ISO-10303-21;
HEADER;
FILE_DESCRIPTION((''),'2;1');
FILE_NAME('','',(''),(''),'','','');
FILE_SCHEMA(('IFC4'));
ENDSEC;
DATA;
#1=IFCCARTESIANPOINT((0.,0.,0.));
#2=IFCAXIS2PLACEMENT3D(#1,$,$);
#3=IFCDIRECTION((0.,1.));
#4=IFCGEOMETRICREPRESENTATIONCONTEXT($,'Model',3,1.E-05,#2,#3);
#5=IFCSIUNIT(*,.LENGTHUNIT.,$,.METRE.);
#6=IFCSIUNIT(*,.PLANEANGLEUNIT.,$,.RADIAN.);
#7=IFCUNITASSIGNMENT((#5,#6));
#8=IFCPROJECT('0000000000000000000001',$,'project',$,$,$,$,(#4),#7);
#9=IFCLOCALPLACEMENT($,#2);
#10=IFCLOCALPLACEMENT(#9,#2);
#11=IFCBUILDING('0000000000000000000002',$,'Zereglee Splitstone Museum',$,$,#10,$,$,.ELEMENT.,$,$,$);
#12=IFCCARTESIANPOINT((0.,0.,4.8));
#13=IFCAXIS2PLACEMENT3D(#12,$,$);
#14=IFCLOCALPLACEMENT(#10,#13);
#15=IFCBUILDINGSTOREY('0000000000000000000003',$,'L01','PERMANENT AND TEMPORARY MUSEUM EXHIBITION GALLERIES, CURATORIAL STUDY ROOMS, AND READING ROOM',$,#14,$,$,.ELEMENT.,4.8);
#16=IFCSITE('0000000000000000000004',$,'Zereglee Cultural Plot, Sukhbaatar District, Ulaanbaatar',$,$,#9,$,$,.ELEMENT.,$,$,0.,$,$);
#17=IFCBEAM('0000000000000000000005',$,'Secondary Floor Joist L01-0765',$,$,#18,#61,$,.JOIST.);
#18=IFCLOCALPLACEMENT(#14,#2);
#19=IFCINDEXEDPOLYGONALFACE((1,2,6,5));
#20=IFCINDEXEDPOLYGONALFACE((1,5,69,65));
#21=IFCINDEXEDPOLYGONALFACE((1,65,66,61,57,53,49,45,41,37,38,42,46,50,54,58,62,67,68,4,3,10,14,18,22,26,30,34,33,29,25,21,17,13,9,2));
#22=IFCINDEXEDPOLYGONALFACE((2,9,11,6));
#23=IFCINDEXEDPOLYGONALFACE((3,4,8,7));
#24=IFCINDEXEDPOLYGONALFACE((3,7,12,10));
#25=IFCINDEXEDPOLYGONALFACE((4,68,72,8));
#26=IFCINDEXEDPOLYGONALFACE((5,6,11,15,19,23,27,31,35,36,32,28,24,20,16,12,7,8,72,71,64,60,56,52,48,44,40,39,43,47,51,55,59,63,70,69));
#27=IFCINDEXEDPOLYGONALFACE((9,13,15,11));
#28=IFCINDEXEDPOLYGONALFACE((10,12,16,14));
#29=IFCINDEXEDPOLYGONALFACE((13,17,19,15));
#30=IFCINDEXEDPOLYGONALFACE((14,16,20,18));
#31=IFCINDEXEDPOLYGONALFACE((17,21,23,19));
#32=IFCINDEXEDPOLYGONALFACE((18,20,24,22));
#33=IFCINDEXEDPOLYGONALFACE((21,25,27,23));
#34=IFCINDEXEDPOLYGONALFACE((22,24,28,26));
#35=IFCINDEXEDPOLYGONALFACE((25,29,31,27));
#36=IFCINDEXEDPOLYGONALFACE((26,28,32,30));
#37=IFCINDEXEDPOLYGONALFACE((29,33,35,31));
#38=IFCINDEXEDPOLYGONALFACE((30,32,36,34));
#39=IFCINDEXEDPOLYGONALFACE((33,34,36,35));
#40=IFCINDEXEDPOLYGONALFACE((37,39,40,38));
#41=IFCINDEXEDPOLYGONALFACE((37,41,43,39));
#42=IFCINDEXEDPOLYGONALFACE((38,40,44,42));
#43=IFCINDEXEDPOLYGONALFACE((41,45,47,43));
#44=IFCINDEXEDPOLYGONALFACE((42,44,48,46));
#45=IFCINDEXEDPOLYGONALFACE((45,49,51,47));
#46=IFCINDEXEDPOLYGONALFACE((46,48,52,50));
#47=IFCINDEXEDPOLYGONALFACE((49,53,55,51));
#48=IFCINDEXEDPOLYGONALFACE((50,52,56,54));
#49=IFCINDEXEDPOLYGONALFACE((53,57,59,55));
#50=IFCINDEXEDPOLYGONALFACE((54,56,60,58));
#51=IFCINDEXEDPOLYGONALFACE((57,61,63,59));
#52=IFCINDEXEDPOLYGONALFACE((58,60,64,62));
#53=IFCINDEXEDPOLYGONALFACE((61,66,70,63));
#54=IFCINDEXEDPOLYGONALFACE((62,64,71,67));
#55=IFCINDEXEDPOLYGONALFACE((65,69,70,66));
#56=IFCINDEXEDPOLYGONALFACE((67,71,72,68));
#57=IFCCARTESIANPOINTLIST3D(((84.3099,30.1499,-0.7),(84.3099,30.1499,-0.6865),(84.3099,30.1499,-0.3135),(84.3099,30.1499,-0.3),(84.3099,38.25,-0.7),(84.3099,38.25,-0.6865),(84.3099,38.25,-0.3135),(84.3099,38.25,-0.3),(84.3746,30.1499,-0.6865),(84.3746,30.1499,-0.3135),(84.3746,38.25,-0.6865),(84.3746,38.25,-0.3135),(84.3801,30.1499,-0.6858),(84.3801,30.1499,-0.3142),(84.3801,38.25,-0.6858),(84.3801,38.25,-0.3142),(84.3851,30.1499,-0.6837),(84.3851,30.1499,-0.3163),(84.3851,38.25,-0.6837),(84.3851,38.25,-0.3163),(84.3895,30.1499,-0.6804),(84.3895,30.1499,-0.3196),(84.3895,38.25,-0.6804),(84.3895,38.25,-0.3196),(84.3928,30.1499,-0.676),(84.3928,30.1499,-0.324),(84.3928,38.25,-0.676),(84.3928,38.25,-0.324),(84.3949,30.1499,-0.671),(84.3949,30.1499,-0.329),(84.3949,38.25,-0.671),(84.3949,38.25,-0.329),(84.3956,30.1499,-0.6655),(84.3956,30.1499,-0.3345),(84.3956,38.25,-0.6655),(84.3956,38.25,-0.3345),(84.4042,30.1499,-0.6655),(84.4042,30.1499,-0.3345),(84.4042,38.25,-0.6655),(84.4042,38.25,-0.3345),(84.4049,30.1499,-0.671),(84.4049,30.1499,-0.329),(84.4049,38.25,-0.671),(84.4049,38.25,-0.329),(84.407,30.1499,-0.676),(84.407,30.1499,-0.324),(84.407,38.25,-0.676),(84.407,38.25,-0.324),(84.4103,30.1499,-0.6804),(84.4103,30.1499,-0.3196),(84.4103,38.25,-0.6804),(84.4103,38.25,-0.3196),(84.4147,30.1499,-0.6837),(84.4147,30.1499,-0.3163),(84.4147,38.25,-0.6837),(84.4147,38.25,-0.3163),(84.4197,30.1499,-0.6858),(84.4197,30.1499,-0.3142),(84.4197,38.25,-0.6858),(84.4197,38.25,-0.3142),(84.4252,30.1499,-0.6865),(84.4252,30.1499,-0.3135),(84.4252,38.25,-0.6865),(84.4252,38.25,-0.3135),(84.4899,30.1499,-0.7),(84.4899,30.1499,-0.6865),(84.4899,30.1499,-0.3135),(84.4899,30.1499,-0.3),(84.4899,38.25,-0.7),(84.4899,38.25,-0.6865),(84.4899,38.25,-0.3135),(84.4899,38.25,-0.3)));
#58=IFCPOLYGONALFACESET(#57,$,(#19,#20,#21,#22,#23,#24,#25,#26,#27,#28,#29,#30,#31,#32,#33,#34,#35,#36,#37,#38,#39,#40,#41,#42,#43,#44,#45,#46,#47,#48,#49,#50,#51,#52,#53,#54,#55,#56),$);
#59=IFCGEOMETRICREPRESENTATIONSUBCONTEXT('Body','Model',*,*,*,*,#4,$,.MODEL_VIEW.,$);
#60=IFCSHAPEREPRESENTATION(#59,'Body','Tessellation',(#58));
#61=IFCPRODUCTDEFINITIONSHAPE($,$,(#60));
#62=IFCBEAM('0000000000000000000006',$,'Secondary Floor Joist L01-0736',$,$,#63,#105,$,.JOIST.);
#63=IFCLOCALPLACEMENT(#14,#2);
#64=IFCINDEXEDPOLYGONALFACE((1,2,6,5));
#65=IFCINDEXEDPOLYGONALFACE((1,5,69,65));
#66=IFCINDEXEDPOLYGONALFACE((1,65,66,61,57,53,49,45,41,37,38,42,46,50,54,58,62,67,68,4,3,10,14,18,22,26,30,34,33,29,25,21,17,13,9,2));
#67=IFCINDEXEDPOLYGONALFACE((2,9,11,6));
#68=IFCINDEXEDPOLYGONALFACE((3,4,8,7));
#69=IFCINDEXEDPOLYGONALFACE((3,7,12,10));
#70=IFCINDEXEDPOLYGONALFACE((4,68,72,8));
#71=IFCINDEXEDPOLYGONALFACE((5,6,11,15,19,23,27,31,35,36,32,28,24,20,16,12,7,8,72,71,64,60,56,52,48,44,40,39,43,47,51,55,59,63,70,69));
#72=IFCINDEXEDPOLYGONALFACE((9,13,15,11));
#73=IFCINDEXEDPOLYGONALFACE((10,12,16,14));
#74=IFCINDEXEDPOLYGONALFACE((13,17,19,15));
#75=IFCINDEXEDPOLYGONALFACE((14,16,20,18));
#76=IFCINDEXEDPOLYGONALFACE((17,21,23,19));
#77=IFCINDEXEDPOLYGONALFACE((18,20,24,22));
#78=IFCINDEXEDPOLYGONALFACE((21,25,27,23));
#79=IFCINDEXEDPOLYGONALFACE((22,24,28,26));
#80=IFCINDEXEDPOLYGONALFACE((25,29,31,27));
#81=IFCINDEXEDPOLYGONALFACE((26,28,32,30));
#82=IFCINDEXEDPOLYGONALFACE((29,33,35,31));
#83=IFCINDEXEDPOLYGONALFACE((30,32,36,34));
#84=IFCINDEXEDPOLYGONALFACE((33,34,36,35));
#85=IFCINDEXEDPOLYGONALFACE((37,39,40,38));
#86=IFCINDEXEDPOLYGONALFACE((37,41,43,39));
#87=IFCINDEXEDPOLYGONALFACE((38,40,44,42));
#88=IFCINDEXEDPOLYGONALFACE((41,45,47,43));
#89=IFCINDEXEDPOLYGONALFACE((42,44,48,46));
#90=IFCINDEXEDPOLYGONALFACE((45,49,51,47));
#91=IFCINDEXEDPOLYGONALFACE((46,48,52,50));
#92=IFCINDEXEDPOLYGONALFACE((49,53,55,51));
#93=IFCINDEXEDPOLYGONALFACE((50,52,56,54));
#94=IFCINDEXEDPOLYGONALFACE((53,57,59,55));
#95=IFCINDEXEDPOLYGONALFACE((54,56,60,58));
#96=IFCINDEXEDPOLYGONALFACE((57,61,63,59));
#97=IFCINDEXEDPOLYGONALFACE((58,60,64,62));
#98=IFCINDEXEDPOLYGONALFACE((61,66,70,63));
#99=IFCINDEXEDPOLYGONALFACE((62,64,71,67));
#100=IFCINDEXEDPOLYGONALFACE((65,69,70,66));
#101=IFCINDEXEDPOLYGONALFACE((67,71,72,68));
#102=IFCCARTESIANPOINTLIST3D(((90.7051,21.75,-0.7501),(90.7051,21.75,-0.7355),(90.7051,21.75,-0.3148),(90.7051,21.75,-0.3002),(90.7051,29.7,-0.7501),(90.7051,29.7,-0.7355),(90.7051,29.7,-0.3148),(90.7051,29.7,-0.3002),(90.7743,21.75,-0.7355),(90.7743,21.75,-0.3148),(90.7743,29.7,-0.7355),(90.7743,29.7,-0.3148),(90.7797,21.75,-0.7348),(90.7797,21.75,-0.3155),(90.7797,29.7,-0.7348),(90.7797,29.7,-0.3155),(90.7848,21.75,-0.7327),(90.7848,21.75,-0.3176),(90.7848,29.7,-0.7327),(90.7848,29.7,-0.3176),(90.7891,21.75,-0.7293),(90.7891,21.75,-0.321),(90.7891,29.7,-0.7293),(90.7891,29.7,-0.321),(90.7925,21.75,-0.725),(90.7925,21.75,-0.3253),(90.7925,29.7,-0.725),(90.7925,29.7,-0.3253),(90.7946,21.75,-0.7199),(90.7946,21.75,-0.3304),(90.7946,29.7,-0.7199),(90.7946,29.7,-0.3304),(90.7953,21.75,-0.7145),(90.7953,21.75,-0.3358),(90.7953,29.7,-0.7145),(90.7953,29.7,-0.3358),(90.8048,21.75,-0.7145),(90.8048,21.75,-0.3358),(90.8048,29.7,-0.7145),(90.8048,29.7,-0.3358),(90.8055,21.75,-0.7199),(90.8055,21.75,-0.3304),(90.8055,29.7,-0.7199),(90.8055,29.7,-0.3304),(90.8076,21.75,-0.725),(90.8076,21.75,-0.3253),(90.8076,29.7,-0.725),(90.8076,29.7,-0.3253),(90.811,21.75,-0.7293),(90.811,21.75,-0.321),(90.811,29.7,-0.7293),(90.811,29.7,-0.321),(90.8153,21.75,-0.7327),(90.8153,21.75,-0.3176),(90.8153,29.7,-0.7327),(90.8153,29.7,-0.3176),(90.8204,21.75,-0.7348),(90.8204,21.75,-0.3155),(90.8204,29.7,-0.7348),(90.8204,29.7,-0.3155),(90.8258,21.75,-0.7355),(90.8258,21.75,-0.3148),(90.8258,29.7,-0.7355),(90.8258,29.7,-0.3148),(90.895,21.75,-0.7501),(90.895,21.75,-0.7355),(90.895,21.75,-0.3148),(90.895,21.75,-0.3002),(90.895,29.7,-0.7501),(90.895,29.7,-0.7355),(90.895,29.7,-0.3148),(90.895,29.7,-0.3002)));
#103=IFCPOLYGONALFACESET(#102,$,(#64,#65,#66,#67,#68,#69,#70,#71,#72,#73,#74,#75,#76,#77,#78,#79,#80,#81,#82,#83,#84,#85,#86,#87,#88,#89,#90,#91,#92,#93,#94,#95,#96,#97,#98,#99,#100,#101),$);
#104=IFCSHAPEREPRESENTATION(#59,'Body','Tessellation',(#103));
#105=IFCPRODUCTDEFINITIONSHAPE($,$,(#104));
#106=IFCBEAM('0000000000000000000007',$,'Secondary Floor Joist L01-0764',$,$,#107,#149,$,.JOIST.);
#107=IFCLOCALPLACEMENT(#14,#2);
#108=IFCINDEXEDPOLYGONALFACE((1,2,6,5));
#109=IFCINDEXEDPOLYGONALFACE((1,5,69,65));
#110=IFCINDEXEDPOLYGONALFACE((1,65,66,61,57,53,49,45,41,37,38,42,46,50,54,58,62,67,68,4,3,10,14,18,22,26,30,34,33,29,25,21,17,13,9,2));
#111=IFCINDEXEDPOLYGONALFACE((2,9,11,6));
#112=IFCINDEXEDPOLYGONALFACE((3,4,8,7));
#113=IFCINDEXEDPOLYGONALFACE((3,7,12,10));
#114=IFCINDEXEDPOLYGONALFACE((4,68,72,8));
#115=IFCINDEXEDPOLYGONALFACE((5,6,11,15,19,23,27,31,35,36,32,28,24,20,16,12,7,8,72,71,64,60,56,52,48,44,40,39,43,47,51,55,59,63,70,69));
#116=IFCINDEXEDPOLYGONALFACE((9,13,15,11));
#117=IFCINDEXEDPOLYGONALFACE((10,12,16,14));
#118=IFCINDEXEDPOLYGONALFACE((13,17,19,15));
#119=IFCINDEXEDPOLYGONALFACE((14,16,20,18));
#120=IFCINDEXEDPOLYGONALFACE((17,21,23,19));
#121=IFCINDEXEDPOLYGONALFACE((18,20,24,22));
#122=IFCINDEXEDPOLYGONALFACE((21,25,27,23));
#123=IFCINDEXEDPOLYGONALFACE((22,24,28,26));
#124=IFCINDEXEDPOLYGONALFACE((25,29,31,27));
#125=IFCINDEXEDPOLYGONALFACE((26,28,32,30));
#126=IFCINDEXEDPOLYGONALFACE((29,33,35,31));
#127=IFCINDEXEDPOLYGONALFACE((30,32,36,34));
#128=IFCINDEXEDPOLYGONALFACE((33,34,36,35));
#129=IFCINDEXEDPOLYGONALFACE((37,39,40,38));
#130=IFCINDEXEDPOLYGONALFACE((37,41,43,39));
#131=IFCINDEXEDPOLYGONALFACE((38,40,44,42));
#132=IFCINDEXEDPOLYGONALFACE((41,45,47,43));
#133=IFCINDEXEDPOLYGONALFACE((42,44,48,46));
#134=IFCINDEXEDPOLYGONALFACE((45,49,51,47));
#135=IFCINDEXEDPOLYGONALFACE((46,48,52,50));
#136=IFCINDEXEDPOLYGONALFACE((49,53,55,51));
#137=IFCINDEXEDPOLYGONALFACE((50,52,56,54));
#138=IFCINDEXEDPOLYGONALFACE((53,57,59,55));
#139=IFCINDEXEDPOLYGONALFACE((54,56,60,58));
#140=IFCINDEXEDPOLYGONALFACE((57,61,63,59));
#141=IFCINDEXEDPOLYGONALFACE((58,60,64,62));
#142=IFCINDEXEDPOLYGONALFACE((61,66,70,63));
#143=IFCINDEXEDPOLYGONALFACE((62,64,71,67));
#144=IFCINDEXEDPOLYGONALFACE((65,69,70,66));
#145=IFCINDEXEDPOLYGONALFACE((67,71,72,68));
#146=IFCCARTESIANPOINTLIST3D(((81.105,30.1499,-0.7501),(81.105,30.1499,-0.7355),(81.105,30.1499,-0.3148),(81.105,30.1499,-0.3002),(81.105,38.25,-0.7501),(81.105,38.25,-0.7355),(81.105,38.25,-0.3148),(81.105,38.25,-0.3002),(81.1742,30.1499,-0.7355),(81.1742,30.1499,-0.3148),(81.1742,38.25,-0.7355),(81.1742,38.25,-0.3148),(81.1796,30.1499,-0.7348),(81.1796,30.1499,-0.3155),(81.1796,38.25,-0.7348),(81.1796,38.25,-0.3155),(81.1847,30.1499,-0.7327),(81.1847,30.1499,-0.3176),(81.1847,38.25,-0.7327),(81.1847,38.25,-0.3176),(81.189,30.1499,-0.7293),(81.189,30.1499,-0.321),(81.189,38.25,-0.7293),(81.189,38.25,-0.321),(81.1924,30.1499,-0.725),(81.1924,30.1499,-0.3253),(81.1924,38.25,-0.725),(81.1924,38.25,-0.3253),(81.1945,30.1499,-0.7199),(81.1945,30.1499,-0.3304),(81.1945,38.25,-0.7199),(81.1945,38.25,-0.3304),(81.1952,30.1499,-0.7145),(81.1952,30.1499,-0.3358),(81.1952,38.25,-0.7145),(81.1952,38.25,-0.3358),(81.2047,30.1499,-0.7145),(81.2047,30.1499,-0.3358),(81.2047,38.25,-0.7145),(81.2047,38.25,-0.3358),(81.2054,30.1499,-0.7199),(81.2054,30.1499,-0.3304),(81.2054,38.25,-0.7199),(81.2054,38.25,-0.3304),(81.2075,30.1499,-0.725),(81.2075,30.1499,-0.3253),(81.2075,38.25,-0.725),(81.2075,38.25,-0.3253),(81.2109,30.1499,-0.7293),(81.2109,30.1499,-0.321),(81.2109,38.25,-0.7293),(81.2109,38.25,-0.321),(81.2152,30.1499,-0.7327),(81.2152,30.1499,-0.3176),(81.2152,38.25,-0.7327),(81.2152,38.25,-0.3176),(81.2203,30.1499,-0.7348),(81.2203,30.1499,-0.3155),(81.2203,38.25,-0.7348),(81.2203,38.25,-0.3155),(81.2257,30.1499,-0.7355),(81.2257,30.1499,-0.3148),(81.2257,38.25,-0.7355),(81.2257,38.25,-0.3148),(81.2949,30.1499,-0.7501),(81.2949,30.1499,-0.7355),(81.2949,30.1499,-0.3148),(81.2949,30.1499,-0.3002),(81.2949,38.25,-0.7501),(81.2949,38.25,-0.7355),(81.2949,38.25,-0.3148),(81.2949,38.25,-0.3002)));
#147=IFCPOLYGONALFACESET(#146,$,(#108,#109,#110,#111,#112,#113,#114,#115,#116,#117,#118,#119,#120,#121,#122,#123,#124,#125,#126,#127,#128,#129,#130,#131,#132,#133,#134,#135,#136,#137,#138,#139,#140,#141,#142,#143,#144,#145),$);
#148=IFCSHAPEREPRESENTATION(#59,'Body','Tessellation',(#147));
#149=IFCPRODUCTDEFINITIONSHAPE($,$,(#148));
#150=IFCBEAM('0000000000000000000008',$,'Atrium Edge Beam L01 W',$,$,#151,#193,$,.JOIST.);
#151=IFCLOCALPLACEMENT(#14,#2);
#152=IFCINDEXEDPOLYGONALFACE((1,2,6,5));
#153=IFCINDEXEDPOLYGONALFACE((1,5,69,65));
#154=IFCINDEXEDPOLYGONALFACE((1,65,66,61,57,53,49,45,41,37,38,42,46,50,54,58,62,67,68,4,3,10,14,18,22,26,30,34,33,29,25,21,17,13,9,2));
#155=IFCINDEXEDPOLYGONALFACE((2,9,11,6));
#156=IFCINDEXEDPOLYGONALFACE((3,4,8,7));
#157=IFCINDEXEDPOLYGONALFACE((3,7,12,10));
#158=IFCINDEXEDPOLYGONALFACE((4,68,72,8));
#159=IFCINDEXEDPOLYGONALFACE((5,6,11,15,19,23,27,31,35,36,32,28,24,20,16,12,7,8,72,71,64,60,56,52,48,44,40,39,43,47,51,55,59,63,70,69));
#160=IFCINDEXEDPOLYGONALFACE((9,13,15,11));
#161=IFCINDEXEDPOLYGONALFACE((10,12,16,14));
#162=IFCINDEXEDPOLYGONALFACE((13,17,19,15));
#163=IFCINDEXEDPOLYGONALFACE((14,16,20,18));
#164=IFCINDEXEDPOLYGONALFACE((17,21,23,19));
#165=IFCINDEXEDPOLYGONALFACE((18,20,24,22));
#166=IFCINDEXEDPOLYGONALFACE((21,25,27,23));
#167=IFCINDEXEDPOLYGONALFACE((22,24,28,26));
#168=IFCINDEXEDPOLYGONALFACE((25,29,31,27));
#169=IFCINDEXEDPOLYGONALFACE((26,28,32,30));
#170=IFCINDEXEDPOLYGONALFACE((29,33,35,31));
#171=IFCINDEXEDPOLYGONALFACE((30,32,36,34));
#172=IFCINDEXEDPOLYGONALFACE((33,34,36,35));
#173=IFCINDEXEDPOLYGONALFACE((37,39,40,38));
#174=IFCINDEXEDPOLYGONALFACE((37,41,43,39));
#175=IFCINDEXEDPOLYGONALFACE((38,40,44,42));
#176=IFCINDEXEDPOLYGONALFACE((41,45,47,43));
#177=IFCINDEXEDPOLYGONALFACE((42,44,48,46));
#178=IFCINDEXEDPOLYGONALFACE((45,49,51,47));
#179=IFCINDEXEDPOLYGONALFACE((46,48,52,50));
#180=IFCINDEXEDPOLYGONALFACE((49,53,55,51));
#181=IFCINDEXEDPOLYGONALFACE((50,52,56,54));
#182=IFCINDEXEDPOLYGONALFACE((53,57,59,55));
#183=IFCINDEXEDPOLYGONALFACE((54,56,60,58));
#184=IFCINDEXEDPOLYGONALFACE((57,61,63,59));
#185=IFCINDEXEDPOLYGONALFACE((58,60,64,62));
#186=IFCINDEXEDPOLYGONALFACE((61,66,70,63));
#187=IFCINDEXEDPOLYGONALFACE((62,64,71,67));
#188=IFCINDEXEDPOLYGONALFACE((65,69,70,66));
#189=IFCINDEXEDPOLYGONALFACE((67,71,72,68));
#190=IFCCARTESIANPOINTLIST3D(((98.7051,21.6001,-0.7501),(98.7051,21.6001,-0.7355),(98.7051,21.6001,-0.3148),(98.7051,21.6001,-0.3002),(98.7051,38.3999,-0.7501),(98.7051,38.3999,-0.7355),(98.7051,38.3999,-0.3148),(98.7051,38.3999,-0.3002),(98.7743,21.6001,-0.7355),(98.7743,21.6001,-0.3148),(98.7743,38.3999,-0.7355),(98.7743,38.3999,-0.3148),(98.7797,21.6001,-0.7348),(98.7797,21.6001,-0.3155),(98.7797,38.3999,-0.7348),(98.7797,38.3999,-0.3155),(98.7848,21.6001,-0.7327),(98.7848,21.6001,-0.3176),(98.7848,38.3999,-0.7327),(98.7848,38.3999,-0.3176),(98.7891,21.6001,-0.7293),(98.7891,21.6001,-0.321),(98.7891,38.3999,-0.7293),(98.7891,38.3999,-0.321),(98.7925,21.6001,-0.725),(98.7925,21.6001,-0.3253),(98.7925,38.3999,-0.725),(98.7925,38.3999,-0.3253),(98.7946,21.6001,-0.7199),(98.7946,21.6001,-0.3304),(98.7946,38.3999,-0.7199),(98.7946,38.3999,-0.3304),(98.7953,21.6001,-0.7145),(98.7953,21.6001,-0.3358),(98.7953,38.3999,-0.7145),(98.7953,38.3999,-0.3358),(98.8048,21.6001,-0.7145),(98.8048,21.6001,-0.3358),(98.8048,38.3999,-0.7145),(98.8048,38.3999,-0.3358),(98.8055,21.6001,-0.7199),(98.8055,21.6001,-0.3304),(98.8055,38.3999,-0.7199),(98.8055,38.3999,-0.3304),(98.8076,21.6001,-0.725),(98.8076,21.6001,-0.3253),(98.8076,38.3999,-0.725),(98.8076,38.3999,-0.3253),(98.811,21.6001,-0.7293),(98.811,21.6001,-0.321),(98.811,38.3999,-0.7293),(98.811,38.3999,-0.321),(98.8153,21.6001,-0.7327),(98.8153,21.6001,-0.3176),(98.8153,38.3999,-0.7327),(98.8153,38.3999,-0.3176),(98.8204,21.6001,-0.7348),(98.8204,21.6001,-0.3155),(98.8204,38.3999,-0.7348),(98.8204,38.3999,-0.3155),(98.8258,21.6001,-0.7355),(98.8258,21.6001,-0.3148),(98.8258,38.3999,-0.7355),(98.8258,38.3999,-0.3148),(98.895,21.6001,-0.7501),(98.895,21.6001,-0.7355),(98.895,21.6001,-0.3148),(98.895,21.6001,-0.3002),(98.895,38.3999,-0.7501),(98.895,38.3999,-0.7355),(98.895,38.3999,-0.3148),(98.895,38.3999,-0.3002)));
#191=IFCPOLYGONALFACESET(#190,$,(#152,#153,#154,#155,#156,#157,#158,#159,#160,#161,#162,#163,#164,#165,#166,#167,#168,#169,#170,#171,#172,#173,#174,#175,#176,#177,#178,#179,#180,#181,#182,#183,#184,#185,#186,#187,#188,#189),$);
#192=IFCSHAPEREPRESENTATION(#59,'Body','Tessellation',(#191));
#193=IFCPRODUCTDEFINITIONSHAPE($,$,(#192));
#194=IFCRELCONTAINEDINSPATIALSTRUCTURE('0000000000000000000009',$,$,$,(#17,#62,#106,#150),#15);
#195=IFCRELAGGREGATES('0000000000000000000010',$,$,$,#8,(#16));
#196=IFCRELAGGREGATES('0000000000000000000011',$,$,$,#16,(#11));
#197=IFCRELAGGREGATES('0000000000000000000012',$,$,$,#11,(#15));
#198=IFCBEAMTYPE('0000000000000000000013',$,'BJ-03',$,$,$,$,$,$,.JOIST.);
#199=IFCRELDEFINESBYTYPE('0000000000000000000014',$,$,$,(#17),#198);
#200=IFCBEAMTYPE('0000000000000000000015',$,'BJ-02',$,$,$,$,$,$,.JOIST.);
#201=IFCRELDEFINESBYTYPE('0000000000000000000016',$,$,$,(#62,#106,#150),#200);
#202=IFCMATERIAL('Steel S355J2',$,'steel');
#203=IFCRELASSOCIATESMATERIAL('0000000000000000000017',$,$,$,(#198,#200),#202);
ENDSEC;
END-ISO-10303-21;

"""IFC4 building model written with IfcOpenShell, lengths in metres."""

from ifc_helpers import new_model, si_unit, direction, frame, origin, origin_2d, place, context, subcontext, project, spatial, i_section, extrude, material, material_profile, profile_set, type_object, element, save


model = new_model("IFC4")

# Units and contexts
model_context = context("Model", 3, precision=1e-05, world=origin(), true_north=direction((0.0, 1.0)))
body_context = subcontext(model_context, "Body", "Model", "MODEL_VIEW")
ifc_project = project(units=[si_unit("LENGTHUNIT", "METRE"), si_unit("PLANEANGLEUNIT", "RADIAN")], contexts=[model_context])

# Site, building, storey
site_placement = place(None, origin())
site = spatial("IfcSite", under=ifc_project, at=site_placement, Name="Zereglee Cultural Plot, Sukhbaatar District, Ulaanbaatar", CompositionType="ELEMENT", RefElevation=0.0)
building_placement = place(site_placement, origin())
building = spatial("IfcBuilding", under=site, at=building_placement, Name="Zereglee Splitstone Museum", CompositionType="ELEMENT")
storey_placement = place(building_placement, frame((0.0, 0.0, 4.8)))
storey = spatial("IfcBuildingStorey", under=building, at=storey_placement, Name="L01", Description="PERMANENT AND TEMPORARY MUSEUM EXHIBITION GALLERIES, CURATORIAL STUDY ROOMS, AND READING ROOM", CompositionType="ELEMENT", Elevation=4.8)

# Shared definitions
ifc_material_1 = material(Name="Steel S355J2", Category="steel")

# Beams
ifc_material_profile_1 = material_profile(ifc_material_1, i_section(OverallWidth=0.1799, OverallDepth=0.3999, WebThickness=0.0085, FlangeThickness=0.0134, FilletRadius=0.021, at=origin_2d()), Name="IPE 400")
ifc_profile_set_1 = profile_set([ifc_material_profile_1], Name="Steel S355J2")
beam_type_1 = type_object("IfcBeamType", Name="BJ-03", PredefinedType="JOIST", material=ifc_profile_set_1)
beam_1_placement = place(storey_placement, frame((84.3999, 30.1499, -0.5), z_axis=(0.0, 1.0, 0.0), x_axis=(-1.0, 0.0, 0.0)))
element("IfcBeam", 1, at=beam_1_placement, inside=storey, type_object=beam_type_1, Name="Secondary Floor Joist L01-0765", PredefinedType="JOIST", context=body_context, shape_type="SweptSolid", body=[
    extrude(i_section(OverallWidth=0.1799, OverallDepth=0.3999, WebThickness=0.0085, FlangeThickness=0.0134, FilletRadius=0.021, at=origin_2d()), origin(), (0.0, 0.0, 1.0), 8.1001),
])
ifc_material_profile_2 = material_profile(ifc_material_1, i_section(OverallWidth=0.1899, OverallDepth=0.45, WebThickness=0.0095, FlangeThickness=0.0146, FilletRadius=0.021, at=origin_2d()), Name="IPE 450")
ifc_profile_set_2 = profile_set([ifc_material_profile_2], Name="Steel S355J2")
beam_type_2 = type_object("IfcBeamType", Name="BJ-02", PredefinedType="JOIST", material=ifc_profile_set_2)
beam_2_placement = place(storey_placement, frame((90.8, 21.75, -0.5251), z_axis=(0.0, 1.0, 0.0), x_axis=(-1.0, 0.0, 0.0)))
element("IfcBeam", 2, at=beam_2_placement, inside=storey, type_object=beam_type_2, Name="Secondary Floor Joist L01-0736", PredefinedType="JOIST", context=body_context, shape_type="SweptSolid", body=[
    extrude(i_section(OverallWidth=0.1899, OverallDepth=0.45, WebThickness=0.0095, FlangeThickness=0.0146, FilletRadius=0.021, at=origin_2d()), origin(), (0.0, 0.0, 1.0), 7.95),
])
beam_3_placement = place(storey_placement, frame((81.2, 30.1499, -0.5251), z_axis=(0.0, 1.0, 0.0), x_axis=(-1.0, 0.0, 0.0)))
element("IfcBeam", 3, at=beam_3_placement, inside=storey, type_object=beam_type_2, Name="Secondary Floor Joist L01-0764", PredefinedType="JOIST", context=body_context, shape_type="SweptSolid", body=[
    extrude(i_section(OverallWidth=0.1899, OverallDepth=0.45, WebThickness=0.0095, FlangeThickness=0.0146, FilletRadius=0.021, at=origin_2d()), origin(), (0.0, 0.0, 1.0), 8.1001),
])
beam_4_placement = place(storey_placement, frame((98.8, 21.6001, -0.5251), z_axis=(0.0, 1.0, 0.0), x_axis=(-1.0, 0.0, 0.0)))
element("IfcBeam", 4, at=beam_4_placement, inside=storey, type_object=beam_type_2, Name="Atrium Edge Beam L01 W", PredefinedType="JOIST", context=body_context, shape_type="SweptSolid", body=[
    extrude(i_section(OverallWidth=0.1899, OverallDepth=0.45, WebThickness=0.0095, FlangeThickness=0.0146, FilletRadius=0.021, at=origin_2d()), origin(), (0.0, 0.0, 1.0), 16.7998),
])

save(model, "model.ifc")
